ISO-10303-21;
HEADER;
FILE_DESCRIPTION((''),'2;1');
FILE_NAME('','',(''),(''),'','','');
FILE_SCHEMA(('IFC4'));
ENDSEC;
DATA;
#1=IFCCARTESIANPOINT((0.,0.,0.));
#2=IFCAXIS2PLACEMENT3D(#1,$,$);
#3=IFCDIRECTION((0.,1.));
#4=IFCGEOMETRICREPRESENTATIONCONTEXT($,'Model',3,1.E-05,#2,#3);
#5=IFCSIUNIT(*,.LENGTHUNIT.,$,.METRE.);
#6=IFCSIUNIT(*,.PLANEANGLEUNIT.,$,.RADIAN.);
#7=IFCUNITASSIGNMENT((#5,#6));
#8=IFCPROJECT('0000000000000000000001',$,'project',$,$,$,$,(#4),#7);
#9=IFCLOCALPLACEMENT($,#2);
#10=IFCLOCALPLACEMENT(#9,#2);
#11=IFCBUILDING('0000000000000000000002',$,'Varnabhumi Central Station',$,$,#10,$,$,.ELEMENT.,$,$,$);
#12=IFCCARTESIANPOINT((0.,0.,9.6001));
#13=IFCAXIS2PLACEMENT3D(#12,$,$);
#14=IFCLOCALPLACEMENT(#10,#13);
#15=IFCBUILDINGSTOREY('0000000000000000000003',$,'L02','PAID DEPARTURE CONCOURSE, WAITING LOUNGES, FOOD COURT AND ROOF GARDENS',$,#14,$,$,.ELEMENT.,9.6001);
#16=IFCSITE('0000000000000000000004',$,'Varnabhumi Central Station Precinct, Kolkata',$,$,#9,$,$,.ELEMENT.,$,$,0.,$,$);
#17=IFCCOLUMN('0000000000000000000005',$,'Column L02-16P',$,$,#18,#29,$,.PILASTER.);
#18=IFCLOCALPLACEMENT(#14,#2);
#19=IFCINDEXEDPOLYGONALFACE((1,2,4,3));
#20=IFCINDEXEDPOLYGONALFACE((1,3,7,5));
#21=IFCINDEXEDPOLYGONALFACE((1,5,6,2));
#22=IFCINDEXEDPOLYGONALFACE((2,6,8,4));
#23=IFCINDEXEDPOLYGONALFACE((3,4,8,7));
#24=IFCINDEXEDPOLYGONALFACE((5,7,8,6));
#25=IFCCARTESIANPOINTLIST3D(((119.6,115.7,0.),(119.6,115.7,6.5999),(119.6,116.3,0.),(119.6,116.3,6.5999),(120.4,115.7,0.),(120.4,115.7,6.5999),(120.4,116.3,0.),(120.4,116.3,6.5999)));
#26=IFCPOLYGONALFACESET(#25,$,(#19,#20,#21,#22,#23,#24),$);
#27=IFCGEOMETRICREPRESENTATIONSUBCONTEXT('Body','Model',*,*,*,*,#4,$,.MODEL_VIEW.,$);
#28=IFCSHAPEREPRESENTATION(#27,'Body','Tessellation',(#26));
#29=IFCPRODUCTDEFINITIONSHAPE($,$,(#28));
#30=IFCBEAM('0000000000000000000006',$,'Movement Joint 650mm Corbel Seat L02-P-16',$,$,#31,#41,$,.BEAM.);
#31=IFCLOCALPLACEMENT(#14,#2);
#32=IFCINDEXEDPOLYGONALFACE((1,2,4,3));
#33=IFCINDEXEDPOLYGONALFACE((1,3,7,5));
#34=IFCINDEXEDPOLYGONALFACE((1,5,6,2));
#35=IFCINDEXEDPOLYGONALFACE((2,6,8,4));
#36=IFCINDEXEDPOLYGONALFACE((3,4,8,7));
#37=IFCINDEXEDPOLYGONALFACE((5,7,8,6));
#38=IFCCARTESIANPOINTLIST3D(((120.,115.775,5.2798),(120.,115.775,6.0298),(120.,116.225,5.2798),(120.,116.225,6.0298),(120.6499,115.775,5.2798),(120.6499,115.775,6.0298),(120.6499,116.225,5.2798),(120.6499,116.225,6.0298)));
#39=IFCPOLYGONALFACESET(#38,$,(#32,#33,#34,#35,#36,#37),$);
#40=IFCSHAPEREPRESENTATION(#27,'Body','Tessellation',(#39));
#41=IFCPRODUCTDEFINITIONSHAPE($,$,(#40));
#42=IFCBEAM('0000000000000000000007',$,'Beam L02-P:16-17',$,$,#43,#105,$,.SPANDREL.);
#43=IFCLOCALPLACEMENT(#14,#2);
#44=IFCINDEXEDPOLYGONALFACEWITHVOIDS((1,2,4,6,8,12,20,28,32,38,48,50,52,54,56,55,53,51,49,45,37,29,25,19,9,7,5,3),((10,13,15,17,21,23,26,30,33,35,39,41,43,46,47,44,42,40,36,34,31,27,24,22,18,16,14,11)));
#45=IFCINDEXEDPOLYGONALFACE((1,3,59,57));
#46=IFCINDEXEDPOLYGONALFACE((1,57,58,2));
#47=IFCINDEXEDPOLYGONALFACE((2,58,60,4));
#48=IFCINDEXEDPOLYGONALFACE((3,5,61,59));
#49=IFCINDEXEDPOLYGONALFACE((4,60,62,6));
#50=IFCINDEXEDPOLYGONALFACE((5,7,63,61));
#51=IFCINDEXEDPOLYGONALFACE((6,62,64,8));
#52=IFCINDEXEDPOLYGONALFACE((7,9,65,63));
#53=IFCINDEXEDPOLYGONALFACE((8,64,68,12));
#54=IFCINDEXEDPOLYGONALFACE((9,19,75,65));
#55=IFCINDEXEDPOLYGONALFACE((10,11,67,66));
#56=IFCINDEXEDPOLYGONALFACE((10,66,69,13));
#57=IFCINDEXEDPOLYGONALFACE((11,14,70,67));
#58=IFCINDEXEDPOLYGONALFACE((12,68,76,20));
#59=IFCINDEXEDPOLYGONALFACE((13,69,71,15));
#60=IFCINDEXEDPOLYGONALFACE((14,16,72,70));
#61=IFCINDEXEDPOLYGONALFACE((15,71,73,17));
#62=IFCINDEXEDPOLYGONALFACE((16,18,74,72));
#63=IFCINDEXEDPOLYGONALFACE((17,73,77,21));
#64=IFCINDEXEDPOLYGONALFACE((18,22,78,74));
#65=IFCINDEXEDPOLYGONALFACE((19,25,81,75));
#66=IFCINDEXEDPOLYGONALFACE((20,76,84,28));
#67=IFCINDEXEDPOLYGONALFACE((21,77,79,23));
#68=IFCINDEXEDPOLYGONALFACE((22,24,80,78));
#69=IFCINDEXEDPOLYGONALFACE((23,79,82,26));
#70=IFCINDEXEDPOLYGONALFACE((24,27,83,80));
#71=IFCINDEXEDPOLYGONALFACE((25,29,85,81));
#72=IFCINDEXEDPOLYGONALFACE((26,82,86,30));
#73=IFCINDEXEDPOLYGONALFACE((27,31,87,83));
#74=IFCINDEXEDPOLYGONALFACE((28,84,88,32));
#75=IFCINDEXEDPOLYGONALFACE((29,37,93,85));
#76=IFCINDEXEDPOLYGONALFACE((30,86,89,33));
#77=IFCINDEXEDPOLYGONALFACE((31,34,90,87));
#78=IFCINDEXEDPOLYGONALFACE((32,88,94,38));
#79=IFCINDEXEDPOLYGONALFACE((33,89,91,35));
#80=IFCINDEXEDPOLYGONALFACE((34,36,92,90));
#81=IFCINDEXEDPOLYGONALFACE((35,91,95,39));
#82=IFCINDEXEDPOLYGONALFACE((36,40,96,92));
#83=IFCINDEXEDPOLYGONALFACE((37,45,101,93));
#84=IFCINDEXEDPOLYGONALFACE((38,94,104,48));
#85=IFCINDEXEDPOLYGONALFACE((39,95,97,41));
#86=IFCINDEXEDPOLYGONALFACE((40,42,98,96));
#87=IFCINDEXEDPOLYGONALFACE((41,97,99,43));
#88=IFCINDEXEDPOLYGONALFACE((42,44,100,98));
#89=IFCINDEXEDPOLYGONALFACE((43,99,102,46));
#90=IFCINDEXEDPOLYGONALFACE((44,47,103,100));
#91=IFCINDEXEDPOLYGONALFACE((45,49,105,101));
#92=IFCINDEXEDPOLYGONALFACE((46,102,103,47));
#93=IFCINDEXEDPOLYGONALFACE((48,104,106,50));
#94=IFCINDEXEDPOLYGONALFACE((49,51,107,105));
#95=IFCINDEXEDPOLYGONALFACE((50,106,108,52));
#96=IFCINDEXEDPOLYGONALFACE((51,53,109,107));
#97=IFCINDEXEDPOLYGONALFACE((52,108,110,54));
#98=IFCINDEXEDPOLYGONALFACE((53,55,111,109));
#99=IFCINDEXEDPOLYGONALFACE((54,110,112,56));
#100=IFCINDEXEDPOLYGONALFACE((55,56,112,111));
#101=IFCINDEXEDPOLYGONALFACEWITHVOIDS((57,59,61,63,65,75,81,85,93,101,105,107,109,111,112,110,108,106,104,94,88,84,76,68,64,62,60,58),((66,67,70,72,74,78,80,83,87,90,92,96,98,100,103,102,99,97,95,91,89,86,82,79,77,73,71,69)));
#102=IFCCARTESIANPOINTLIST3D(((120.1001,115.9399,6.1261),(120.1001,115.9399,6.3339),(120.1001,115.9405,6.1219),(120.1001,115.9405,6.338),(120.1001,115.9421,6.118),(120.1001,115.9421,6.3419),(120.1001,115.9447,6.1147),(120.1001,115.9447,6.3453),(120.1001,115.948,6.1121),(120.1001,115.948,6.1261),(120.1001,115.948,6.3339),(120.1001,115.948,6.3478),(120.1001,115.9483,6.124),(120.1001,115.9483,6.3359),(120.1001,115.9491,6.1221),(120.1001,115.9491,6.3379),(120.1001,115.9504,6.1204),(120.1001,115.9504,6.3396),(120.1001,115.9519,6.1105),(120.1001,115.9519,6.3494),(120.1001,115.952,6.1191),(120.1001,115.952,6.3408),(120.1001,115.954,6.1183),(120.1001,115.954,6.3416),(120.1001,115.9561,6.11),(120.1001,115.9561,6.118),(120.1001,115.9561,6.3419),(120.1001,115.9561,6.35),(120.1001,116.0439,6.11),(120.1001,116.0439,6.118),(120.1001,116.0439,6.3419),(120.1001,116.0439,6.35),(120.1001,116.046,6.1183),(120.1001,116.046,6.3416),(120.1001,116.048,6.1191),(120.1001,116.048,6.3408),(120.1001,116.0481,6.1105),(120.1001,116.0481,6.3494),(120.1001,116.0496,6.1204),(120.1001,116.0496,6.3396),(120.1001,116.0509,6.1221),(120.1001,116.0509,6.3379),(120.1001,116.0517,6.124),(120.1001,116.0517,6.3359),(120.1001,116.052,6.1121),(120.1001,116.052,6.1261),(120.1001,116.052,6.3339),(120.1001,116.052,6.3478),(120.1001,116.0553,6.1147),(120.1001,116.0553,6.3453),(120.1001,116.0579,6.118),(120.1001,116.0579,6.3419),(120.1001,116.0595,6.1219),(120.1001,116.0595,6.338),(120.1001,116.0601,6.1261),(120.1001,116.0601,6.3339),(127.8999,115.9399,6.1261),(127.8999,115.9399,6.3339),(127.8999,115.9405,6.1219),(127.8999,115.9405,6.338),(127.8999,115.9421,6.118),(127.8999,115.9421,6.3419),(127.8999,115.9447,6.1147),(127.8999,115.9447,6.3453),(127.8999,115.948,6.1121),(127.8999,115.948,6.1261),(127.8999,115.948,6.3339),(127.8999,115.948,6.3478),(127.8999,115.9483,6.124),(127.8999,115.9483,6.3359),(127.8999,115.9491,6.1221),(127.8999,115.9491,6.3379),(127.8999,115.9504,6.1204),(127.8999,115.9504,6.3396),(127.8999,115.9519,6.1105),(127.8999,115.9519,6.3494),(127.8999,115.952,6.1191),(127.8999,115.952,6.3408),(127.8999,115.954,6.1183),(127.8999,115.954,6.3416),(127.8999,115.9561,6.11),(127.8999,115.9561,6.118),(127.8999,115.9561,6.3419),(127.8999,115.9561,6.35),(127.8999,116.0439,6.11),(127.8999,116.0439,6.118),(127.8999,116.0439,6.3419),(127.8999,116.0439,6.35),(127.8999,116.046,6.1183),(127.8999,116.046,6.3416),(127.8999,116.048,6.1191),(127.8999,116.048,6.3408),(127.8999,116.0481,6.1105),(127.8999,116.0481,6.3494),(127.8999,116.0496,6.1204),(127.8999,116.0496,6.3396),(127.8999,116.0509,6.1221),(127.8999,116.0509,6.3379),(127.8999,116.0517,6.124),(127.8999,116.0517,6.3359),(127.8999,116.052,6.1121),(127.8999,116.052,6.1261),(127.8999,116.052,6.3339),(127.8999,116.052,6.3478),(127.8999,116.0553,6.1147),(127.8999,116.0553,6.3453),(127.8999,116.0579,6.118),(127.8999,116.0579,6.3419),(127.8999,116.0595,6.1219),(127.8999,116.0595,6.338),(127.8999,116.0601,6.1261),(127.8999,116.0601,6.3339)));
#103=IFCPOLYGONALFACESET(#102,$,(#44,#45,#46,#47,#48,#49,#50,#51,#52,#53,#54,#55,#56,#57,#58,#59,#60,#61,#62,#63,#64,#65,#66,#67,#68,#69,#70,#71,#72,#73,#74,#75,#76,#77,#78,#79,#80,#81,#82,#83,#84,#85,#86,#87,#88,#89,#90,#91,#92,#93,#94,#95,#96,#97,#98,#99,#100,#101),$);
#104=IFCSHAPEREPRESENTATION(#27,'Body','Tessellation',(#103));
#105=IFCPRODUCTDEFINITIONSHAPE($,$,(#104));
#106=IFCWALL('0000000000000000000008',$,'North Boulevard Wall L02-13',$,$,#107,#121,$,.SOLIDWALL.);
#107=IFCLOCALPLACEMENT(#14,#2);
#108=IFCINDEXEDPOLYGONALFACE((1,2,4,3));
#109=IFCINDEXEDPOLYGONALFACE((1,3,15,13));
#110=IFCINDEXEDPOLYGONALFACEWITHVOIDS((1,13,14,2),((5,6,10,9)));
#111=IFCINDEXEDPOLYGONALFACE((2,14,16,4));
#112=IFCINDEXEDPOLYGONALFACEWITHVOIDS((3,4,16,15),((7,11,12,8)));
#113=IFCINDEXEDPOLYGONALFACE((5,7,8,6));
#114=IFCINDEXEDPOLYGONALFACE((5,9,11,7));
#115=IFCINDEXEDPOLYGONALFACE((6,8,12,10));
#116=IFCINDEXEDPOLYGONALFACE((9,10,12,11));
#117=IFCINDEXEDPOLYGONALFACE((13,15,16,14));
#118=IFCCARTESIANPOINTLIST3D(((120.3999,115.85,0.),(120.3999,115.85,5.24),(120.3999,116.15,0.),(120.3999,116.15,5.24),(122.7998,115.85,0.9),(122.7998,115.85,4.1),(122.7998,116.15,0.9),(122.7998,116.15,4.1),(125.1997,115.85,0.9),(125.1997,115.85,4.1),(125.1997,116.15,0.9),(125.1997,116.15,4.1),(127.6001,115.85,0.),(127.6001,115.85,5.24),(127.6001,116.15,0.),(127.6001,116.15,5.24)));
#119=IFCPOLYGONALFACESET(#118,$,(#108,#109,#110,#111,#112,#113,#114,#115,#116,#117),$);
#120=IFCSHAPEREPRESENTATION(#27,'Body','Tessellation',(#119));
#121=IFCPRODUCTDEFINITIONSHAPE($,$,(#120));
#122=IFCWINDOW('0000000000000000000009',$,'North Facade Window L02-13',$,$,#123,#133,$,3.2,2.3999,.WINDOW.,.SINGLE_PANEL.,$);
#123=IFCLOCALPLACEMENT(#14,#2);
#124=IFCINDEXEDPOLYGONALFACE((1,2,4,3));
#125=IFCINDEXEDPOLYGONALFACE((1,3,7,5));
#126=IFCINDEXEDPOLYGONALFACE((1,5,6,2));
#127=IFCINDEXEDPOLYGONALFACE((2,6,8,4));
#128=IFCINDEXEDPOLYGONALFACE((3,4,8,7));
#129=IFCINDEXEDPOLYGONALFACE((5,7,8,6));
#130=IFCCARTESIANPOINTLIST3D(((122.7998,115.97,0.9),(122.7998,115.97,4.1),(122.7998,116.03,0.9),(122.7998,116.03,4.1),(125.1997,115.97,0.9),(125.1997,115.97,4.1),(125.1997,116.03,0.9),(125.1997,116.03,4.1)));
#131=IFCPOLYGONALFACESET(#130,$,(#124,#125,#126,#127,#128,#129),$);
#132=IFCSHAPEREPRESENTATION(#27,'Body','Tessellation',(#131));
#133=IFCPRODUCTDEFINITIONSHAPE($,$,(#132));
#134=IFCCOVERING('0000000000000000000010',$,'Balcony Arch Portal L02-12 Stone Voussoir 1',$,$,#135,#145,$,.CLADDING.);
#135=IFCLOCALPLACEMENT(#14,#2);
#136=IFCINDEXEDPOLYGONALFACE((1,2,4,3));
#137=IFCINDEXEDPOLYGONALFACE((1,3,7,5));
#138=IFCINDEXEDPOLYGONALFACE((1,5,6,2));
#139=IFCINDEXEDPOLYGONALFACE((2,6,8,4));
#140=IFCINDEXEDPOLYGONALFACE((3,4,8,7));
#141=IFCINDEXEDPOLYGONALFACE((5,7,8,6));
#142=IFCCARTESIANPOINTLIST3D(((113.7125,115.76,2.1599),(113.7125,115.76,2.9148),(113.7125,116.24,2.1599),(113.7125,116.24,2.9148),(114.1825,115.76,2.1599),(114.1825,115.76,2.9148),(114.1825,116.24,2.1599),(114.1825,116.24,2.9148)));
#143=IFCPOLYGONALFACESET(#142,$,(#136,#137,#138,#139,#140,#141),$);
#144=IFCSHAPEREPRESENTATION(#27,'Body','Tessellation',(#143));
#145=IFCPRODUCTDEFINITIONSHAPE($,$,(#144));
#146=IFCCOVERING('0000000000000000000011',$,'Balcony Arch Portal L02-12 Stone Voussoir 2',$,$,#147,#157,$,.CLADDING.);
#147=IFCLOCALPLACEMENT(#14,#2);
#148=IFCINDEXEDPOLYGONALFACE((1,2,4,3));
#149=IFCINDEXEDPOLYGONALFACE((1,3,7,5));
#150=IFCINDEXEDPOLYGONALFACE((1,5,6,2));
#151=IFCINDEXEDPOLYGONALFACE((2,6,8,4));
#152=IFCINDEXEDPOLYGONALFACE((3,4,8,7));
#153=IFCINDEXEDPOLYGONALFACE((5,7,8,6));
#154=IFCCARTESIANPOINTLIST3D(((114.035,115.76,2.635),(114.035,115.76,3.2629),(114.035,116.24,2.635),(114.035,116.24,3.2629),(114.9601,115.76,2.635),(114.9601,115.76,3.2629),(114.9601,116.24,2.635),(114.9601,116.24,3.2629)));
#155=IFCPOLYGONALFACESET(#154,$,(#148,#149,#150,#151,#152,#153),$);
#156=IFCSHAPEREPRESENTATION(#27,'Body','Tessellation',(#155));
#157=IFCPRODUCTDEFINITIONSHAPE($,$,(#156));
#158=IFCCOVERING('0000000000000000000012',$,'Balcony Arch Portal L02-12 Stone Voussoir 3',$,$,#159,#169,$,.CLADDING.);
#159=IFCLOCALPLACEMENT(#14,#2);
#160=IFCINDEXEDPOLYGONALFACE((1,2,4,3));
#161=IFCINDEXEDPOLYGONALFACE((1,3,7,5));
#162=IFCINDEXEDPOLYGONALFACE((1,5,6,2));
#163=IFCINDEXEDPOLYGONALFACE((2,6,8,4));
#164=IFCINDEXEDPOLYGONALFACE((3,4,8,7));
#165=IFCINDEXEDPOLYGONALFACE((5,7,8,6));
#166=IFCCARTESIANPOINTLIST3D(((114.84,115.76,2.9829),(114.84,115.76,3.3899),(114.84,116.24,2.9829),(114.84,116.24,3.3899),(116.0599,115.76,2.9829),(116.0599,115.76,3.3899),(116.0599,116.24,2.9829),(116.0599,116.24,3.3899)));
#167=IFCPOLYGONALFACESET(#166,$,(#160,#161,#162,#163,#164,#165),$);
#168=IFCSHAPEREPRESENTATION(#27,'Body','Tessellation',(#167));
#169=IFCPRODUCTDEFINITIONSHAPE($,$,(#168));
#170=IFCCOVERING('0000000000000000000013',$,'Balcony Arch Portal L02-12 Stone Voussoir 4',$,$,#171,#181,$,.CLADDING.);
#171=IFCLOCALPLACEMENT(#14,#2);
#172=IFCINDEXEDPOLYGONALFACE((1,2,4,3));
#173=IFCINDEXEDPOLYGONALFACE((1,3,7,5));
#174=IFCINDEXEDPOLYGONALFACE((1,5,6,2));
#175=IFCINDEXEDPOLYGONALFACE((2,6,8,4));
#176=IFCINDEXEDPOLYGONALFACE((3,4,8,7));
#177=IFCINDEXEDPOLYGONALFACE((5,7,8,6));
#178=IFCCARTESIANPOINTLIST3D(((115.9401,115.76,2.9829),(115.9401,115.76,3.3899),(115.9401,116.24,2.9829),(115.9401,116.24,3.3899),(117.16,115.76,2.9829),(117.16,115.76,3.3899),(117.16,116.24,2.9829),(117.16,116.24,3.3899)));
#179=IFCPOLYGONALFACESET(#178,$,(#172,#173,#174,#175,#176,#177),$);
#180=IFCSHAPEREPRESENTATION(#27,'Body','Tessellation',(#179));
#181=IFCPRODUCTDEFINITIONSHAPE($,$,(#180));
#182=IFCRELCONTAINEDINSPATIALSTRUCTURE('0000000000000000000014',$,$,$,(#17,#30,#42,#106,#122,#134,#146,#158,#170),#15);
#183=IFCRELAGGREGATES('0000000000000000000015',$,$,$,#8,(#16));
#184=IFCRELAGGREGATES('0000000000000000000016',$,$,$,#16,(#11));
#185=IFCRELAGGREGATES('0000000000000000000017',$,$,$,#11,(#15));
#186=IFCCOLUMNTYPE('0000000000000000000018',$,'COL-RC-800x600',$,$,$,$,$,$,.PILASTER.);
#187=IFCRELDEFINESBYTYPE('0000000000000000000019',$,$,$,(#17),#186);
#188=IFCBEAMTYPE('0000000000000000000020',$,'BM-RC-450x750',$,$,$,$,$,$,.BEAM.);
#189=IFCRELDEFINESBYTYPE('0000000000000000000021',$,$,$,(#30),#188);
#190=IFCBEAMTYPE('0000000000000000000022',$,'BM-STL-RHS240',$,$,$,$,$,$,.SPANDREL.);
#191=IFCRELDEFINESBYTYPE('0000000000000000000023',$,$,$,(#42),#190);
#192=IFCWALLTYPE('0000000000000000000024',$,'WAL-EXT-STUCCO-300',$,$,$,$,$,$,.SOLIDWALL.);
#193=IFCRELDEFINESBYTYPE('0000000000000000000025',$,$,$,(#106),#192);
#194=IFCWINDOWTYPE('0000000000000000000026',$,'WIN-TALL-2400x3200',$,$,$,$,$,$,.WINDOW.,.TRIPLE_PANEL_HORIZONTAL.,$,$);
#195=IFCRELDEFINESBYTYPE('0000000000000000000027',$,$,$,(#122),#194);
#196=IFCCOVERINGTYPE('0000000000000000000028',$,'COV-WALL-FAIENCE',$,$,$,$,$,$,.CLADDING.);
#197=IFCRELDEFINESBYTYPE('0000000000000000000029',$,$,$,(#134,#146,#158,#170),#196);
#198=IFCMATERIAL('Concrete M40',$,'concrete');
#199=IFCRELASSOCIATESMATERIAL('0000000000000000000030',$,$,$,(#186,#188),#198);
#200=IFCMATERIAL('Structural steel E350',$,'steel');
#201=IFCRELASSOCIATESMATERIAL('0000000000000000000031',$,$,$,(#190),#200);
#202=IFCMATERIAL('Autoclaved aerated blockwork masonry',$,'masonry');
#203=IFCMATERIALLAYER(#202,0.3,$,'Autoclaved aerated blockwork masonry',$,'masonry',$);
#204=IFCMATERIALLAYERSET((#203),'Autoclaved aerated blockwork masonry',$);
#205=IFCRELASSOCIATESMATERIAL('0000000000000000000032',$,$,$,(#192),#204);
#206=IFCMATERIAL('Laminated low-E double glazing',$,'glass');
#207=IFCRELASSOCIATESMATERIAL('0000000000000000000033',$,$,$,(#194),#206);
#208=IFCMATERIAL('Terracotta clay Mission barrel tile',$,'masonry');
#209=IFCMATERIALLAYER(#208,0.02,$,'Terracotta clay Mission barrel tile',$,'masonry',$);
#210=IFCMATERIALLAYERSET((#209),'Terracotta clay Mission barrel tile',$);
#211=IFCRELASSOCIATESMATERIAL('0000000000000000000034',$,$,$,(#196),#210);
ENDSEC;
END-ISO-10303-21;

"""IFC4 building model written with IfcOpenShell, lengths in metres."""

from ifc_helpers import new_model, si_unit, direction, frame, frame_2d, origin, origin_2d, place, context, subcontext, project, spatial, rectangle, hollow_rectangle, extrude, material, layer, layer_set, material_profile, profile_set, type_object, element, fill, save


model = new_model("IFC4")

# Units and contexts
model_context = context("Model", 3, precision=1e-05, world=origin(), true_north=direction((0.0, 1.0)))
body_context = subcontext(model_context, "Body", "Model", "MODEL_VIEW")
ifc_project = project(units=[si_unit("LENGTHUNIT", "METRE"), si_unit("PLANEANGLEUNIT", "RADIAN")], contexts=[model_context])

# Site, building, storey
site_placement = place(None, origin())
site = spatial("IfcSite", under=ifc_project, at=site_placement, Name="Varnabhumi Central Station Precinct, Kolkata", CompositionType="ELEMENT", RefElevation=0.0)
building_placement = place(site_placement, origin())
building = spatial("IfcBuilding", under=site, at=building_placement, Name="Varnabhumi Central Station", CompositionType="ELEMENT")
storey_placement = place(building_placement, frame((0.0, 0.0, 9.6001)))
storey = spatial("IfcBuildingStorey", under=building, at=storey_placement, Name="L02", Description="PAID DEPARTURE CONCOURSE, WAITING LOUNGES, FOOD COURT AND ROOF GARDENS", CompositionType="ELEMENT", Elevation=9.6001)

# Column
ifc_material_1 = material(Name="Concrete M40", Category="concrete")
ifc_material_profile_1 = material_profile(ifc_material_1, rectangle(XDim=0.8, YDim=0.6001, at=origin_2d()), Name="Concrete M40", Category="concrete")
ifc_profile_set_1 = profile_set([ifc_material_profile_1], Name="Concrete M40")
column_type = type_object("IfcColumnType", Name="COL-RC-800x600", PredefinedType="PILASTER", material=ifc_profile_set_1)
column_placement = place(storey_placement, frame((120.0, 116.0, 0.0), z_axis=(0.0, 0.0, 1.0), x_axis=(1.0, 0.0, 0.0)))
element("IfcColumn", 1, at=column_placement, inside=storey, type_object=column_type, Name="Column L02-16P", PredefinedType="PILASTER", context=body_context, shape_type="SweptSolid", body=[
    extrude(rectangle(XDim=0.8, YDim=0.6001, at=origin_2d()), origin(), (0.0, 0.0, 1.0), 6.5999),
])

# Beams
ifc_material_profile_2 = material_profile(ifc_material_1, rectangle(XDim=0.45, YDim=0.75, at=origin_2d()), Name="Concrete M40", Category="concrete")
ifc_profile_set_2 = profile_set([ifc_material_profile_2], Name="Concrete M40")
beam_type_1 = type_object("IfcBeamType", Name="BM-RC-450x750", PredefinedType="BEAM", material=ifc_profile_set_2)
beam_1_placement = place(storey_placement, frame((120.0, 116.0, 5.6548), z_axis=(1.0, 0.0, 0.0), x_axis=(0.0, 1.0, 0.0)))
element("IfcBeam", 2, at=beam_1_placement, inside=storey, type_object=beam_type_1, Name="Movement Joint 650mm Corbel Seat L02-P-16", PredefinedType="BEAM", context=body_context, shape_type="SweptSolid", body=[
    extrude(rectangle(XDim=0.45, YDim=0.75, at=origin_2d()), origin(), (0.0, 0.0, 1.0), 0.6499),
])
ifc_material_2 = material(Name="Structural steel E350", Category="steel")
ifc_material_profile_3 = material_profile(ifc_material_2, hollow_rectangle(XDim=0.1201, YDim=0.24, WallThickness=0.0081, InnerFilletRadius=0.0081, OuterFilletRadius=0.0161, at=origin_2d()), Name="Structural steel E350", Category="steel")
ifc_profile_set_3 = profile_set([ifc_material_profile_3], Name="Structural steel E350")
beam_type_2 = type_object("IfcBeamType", Name="BM-STL-RHS240", PredefinedType="SPANDREL", material=ifc_profile_set_3)
beam_2_placement = place(storey_placement, frame((120.1001, 116.0, 6.23), z_axis=(1.0, 0.0, 0.0), x_axis=(0.0, 1.0, 0.0)))
element("IfcBeam", 3, at=beam_2_placement, inside=storey, type_object=beam_type_2, Name="Beam L02-P:16-17", PredefinedType="SPANDREL", context=body_context, shape_type="SweptSolid", body=[
    extrude(hollow_rectangle(XDim=0.1201, YDim=0.24, WallThickness=0.0081, InnerFilletRadius=0.0081, OuterFilletRadius=0.0161, at=origin_2d()), origin(), (0.0, 0.0, 1.0), 7.7998),
])

# Wall, opening, window
ifc_material_3 = material(Name="Autoclaved aerated blockwork masonry", Category="masonry")
ifc_layer_1 = layer(ifc_material_3, 0.3, Name="Autoclaved aerated blockwork masonry", Category="masonry")
ifc_layer_set_1 = layer_set([ifc_layer_1], Name="Autoclaved aerated blockwork masonry")
wall_type = type_object("IfcWallType", Name="WAL-EXT-STUCCO-300", PredefinedType="SOLIDWALL", material=ifc_layer_set_1)
wall_placement = place(storey_placement, frame((120.3999, 116.0, 0.0), z_axis=(0.0, 0.0, 1.0), x_axis=(1.0, 0.0, 0.0)))
wall = element("IfcWall", 4, at=wall_placement, inside=storey, type_object=wall_type, Name="North Boulevard Wall L02-13", PredefinedType="SOLIDWALL", context=body_context, shape_type="SweptSolid", body=[
    extrude(rectangle(XDim=7.2002, YDim=0.3, at=frame_2d((3.6001, 0.0))), origin(), (0.0, 0.0, 1.0), 5.24),
])
opening_placement = place(wall_placement, frame((2.3999, 0.0, 0.8999)))
opening = element("IfcOpeningElement", 5, at=opening_placement, cuts=wall, PredefinedType="OPENING", context=body_context, shape_type="SweptSolid", body=[
    extrude(rectangle(XDim=2.3999, YDim=3.2, at=frame_2d((1.2, 1.6001))), frame((0.0, 0.1599, 0.0), z_axis=(0.0, -1.0, 0.0), x_axis=(1.0, 0.0, 0.0)), (0.0, 0.0, 1.0), 0.3201),
])
ifc_material_4 = material(Name="Laminated low-E double glazing", Category="glass")
window_type = type_object("IfcWindowType", Name="WIN-TALL-2400x3200", PartitioningType="TRIPLE_PANEL_HORIZONTAL", PredefinedType="WINDOW", material=ifc_material_4)
window_placement = place(opening_placement, origin())
window = element("IfcWindow", 6, at=window_placement, inside=storey, type_object=window_type, Name="North Facade Window L02-13", OverallHeight=3.2, OverallWidth=2.3999, PartitioningType="SINGLE_PANEL", PredefinedType="WINDOW", context=body_context, shape_type="SweptSolid", body=[
    extrude(rectangle(XDim=2.3999, YDim=3.2, at=frame_2d((1.2, 1.6001))), frame((0.0, 0.03, 0.0), z_axis=(0.0, -1.0, 0.0), x_axis=(1.0, 0.0, 0.0)), (0.0, 0.0, 1.0), 0.0601),
])
fill(opening, window)

# Coverings
ifc_material_5 = material(Name="Terracotta clay Mission barrel tile", Category="masonry")
ifc_layer_2 = layer(ifc_material_5, 0.02, Name="Terracotta clay Mission barrel tile", Category="masonry")
ifc_layer_set_2 = layer_set([ifc_layer_2], Name="Terracotta clay Mission barrel tile")
covering_type = type_object("IfcCoveringType", Name="COV-WALL-FAIENCE", PredefinedType="CLADDING", material=ifc_layer_set_2)
covering_1_placement = place(storey_placement, frame((113.9475, 116.0, 2.1599), z_axis=(0.0, 0.0, 1.0), x_axis=(1.0, 0.0, 0.0)))
element("IfcCovering", 7, at=covering_1_placement, inside=storey, type_object=covering_type, Name="Balcony Arch Portal L02-12 Stone Voussoir 1", PredefinedType="CLADDING", context=body_context, shape_type="SweptSolid", body=[
    extrude(rectangle(XDim=0.47, YDim=0.48, at=origin_2d()), origin(), (0.0, 0.0, 1.0), 0.7549),
])
covering_2_placement = place(storey_placement, frame((114.4976, 116.0, 2.635), z_axis=(0.0, 0.0, 1.0), x_axis=(1.0, 0.0, 0.0)))
element("IfcCovering", 8, at=covering_2_placement, inside=storey, type_object=covering_type, Name="Balcony Arch Portal L02-12 Stone Voussoir 2", PredefinedType="CLADDING", context=body_context, shape_type="SweptSolid", body=[
    extrude(rectangle(XDim=0.925, YDim=0.48, at=origin_2d()), origin(), (0.0, 0.0, 1.0), 0.6279),
])
for number, where, z_axis, x_axis, name in (
    (9, (115.45, 116.0, 2.9829), (0.0, 0.0, 1.0), (1.0, 0.0, 0.0), "Balcony Arch Portal L02-12 Stone Voussoir 3"),
    (10, (116.55, 116.0, 2.9829), (0.0, 0.0, 1.0), (1.0, 0.0, 0.0), "Balcony Arch Portal L02-12 Stone Voussoir 4"),
):
    element("IfcCovering", number, at=place(storey_placement, frame(where, z_axis=z_axis, x_axis=x_axis)), inside=storey, type_object=covering_type, Name=name, PredefinedType="CLADDING", context=body_context, shape_type="SweptSolid", body=[
        extrude(rectangle(XDim=1.22, YDim=0.48, at=origin_2d()), origin(), (0.0, 0.0, 1.0), 0.407),
    ])

save(model, "model.ifc")
